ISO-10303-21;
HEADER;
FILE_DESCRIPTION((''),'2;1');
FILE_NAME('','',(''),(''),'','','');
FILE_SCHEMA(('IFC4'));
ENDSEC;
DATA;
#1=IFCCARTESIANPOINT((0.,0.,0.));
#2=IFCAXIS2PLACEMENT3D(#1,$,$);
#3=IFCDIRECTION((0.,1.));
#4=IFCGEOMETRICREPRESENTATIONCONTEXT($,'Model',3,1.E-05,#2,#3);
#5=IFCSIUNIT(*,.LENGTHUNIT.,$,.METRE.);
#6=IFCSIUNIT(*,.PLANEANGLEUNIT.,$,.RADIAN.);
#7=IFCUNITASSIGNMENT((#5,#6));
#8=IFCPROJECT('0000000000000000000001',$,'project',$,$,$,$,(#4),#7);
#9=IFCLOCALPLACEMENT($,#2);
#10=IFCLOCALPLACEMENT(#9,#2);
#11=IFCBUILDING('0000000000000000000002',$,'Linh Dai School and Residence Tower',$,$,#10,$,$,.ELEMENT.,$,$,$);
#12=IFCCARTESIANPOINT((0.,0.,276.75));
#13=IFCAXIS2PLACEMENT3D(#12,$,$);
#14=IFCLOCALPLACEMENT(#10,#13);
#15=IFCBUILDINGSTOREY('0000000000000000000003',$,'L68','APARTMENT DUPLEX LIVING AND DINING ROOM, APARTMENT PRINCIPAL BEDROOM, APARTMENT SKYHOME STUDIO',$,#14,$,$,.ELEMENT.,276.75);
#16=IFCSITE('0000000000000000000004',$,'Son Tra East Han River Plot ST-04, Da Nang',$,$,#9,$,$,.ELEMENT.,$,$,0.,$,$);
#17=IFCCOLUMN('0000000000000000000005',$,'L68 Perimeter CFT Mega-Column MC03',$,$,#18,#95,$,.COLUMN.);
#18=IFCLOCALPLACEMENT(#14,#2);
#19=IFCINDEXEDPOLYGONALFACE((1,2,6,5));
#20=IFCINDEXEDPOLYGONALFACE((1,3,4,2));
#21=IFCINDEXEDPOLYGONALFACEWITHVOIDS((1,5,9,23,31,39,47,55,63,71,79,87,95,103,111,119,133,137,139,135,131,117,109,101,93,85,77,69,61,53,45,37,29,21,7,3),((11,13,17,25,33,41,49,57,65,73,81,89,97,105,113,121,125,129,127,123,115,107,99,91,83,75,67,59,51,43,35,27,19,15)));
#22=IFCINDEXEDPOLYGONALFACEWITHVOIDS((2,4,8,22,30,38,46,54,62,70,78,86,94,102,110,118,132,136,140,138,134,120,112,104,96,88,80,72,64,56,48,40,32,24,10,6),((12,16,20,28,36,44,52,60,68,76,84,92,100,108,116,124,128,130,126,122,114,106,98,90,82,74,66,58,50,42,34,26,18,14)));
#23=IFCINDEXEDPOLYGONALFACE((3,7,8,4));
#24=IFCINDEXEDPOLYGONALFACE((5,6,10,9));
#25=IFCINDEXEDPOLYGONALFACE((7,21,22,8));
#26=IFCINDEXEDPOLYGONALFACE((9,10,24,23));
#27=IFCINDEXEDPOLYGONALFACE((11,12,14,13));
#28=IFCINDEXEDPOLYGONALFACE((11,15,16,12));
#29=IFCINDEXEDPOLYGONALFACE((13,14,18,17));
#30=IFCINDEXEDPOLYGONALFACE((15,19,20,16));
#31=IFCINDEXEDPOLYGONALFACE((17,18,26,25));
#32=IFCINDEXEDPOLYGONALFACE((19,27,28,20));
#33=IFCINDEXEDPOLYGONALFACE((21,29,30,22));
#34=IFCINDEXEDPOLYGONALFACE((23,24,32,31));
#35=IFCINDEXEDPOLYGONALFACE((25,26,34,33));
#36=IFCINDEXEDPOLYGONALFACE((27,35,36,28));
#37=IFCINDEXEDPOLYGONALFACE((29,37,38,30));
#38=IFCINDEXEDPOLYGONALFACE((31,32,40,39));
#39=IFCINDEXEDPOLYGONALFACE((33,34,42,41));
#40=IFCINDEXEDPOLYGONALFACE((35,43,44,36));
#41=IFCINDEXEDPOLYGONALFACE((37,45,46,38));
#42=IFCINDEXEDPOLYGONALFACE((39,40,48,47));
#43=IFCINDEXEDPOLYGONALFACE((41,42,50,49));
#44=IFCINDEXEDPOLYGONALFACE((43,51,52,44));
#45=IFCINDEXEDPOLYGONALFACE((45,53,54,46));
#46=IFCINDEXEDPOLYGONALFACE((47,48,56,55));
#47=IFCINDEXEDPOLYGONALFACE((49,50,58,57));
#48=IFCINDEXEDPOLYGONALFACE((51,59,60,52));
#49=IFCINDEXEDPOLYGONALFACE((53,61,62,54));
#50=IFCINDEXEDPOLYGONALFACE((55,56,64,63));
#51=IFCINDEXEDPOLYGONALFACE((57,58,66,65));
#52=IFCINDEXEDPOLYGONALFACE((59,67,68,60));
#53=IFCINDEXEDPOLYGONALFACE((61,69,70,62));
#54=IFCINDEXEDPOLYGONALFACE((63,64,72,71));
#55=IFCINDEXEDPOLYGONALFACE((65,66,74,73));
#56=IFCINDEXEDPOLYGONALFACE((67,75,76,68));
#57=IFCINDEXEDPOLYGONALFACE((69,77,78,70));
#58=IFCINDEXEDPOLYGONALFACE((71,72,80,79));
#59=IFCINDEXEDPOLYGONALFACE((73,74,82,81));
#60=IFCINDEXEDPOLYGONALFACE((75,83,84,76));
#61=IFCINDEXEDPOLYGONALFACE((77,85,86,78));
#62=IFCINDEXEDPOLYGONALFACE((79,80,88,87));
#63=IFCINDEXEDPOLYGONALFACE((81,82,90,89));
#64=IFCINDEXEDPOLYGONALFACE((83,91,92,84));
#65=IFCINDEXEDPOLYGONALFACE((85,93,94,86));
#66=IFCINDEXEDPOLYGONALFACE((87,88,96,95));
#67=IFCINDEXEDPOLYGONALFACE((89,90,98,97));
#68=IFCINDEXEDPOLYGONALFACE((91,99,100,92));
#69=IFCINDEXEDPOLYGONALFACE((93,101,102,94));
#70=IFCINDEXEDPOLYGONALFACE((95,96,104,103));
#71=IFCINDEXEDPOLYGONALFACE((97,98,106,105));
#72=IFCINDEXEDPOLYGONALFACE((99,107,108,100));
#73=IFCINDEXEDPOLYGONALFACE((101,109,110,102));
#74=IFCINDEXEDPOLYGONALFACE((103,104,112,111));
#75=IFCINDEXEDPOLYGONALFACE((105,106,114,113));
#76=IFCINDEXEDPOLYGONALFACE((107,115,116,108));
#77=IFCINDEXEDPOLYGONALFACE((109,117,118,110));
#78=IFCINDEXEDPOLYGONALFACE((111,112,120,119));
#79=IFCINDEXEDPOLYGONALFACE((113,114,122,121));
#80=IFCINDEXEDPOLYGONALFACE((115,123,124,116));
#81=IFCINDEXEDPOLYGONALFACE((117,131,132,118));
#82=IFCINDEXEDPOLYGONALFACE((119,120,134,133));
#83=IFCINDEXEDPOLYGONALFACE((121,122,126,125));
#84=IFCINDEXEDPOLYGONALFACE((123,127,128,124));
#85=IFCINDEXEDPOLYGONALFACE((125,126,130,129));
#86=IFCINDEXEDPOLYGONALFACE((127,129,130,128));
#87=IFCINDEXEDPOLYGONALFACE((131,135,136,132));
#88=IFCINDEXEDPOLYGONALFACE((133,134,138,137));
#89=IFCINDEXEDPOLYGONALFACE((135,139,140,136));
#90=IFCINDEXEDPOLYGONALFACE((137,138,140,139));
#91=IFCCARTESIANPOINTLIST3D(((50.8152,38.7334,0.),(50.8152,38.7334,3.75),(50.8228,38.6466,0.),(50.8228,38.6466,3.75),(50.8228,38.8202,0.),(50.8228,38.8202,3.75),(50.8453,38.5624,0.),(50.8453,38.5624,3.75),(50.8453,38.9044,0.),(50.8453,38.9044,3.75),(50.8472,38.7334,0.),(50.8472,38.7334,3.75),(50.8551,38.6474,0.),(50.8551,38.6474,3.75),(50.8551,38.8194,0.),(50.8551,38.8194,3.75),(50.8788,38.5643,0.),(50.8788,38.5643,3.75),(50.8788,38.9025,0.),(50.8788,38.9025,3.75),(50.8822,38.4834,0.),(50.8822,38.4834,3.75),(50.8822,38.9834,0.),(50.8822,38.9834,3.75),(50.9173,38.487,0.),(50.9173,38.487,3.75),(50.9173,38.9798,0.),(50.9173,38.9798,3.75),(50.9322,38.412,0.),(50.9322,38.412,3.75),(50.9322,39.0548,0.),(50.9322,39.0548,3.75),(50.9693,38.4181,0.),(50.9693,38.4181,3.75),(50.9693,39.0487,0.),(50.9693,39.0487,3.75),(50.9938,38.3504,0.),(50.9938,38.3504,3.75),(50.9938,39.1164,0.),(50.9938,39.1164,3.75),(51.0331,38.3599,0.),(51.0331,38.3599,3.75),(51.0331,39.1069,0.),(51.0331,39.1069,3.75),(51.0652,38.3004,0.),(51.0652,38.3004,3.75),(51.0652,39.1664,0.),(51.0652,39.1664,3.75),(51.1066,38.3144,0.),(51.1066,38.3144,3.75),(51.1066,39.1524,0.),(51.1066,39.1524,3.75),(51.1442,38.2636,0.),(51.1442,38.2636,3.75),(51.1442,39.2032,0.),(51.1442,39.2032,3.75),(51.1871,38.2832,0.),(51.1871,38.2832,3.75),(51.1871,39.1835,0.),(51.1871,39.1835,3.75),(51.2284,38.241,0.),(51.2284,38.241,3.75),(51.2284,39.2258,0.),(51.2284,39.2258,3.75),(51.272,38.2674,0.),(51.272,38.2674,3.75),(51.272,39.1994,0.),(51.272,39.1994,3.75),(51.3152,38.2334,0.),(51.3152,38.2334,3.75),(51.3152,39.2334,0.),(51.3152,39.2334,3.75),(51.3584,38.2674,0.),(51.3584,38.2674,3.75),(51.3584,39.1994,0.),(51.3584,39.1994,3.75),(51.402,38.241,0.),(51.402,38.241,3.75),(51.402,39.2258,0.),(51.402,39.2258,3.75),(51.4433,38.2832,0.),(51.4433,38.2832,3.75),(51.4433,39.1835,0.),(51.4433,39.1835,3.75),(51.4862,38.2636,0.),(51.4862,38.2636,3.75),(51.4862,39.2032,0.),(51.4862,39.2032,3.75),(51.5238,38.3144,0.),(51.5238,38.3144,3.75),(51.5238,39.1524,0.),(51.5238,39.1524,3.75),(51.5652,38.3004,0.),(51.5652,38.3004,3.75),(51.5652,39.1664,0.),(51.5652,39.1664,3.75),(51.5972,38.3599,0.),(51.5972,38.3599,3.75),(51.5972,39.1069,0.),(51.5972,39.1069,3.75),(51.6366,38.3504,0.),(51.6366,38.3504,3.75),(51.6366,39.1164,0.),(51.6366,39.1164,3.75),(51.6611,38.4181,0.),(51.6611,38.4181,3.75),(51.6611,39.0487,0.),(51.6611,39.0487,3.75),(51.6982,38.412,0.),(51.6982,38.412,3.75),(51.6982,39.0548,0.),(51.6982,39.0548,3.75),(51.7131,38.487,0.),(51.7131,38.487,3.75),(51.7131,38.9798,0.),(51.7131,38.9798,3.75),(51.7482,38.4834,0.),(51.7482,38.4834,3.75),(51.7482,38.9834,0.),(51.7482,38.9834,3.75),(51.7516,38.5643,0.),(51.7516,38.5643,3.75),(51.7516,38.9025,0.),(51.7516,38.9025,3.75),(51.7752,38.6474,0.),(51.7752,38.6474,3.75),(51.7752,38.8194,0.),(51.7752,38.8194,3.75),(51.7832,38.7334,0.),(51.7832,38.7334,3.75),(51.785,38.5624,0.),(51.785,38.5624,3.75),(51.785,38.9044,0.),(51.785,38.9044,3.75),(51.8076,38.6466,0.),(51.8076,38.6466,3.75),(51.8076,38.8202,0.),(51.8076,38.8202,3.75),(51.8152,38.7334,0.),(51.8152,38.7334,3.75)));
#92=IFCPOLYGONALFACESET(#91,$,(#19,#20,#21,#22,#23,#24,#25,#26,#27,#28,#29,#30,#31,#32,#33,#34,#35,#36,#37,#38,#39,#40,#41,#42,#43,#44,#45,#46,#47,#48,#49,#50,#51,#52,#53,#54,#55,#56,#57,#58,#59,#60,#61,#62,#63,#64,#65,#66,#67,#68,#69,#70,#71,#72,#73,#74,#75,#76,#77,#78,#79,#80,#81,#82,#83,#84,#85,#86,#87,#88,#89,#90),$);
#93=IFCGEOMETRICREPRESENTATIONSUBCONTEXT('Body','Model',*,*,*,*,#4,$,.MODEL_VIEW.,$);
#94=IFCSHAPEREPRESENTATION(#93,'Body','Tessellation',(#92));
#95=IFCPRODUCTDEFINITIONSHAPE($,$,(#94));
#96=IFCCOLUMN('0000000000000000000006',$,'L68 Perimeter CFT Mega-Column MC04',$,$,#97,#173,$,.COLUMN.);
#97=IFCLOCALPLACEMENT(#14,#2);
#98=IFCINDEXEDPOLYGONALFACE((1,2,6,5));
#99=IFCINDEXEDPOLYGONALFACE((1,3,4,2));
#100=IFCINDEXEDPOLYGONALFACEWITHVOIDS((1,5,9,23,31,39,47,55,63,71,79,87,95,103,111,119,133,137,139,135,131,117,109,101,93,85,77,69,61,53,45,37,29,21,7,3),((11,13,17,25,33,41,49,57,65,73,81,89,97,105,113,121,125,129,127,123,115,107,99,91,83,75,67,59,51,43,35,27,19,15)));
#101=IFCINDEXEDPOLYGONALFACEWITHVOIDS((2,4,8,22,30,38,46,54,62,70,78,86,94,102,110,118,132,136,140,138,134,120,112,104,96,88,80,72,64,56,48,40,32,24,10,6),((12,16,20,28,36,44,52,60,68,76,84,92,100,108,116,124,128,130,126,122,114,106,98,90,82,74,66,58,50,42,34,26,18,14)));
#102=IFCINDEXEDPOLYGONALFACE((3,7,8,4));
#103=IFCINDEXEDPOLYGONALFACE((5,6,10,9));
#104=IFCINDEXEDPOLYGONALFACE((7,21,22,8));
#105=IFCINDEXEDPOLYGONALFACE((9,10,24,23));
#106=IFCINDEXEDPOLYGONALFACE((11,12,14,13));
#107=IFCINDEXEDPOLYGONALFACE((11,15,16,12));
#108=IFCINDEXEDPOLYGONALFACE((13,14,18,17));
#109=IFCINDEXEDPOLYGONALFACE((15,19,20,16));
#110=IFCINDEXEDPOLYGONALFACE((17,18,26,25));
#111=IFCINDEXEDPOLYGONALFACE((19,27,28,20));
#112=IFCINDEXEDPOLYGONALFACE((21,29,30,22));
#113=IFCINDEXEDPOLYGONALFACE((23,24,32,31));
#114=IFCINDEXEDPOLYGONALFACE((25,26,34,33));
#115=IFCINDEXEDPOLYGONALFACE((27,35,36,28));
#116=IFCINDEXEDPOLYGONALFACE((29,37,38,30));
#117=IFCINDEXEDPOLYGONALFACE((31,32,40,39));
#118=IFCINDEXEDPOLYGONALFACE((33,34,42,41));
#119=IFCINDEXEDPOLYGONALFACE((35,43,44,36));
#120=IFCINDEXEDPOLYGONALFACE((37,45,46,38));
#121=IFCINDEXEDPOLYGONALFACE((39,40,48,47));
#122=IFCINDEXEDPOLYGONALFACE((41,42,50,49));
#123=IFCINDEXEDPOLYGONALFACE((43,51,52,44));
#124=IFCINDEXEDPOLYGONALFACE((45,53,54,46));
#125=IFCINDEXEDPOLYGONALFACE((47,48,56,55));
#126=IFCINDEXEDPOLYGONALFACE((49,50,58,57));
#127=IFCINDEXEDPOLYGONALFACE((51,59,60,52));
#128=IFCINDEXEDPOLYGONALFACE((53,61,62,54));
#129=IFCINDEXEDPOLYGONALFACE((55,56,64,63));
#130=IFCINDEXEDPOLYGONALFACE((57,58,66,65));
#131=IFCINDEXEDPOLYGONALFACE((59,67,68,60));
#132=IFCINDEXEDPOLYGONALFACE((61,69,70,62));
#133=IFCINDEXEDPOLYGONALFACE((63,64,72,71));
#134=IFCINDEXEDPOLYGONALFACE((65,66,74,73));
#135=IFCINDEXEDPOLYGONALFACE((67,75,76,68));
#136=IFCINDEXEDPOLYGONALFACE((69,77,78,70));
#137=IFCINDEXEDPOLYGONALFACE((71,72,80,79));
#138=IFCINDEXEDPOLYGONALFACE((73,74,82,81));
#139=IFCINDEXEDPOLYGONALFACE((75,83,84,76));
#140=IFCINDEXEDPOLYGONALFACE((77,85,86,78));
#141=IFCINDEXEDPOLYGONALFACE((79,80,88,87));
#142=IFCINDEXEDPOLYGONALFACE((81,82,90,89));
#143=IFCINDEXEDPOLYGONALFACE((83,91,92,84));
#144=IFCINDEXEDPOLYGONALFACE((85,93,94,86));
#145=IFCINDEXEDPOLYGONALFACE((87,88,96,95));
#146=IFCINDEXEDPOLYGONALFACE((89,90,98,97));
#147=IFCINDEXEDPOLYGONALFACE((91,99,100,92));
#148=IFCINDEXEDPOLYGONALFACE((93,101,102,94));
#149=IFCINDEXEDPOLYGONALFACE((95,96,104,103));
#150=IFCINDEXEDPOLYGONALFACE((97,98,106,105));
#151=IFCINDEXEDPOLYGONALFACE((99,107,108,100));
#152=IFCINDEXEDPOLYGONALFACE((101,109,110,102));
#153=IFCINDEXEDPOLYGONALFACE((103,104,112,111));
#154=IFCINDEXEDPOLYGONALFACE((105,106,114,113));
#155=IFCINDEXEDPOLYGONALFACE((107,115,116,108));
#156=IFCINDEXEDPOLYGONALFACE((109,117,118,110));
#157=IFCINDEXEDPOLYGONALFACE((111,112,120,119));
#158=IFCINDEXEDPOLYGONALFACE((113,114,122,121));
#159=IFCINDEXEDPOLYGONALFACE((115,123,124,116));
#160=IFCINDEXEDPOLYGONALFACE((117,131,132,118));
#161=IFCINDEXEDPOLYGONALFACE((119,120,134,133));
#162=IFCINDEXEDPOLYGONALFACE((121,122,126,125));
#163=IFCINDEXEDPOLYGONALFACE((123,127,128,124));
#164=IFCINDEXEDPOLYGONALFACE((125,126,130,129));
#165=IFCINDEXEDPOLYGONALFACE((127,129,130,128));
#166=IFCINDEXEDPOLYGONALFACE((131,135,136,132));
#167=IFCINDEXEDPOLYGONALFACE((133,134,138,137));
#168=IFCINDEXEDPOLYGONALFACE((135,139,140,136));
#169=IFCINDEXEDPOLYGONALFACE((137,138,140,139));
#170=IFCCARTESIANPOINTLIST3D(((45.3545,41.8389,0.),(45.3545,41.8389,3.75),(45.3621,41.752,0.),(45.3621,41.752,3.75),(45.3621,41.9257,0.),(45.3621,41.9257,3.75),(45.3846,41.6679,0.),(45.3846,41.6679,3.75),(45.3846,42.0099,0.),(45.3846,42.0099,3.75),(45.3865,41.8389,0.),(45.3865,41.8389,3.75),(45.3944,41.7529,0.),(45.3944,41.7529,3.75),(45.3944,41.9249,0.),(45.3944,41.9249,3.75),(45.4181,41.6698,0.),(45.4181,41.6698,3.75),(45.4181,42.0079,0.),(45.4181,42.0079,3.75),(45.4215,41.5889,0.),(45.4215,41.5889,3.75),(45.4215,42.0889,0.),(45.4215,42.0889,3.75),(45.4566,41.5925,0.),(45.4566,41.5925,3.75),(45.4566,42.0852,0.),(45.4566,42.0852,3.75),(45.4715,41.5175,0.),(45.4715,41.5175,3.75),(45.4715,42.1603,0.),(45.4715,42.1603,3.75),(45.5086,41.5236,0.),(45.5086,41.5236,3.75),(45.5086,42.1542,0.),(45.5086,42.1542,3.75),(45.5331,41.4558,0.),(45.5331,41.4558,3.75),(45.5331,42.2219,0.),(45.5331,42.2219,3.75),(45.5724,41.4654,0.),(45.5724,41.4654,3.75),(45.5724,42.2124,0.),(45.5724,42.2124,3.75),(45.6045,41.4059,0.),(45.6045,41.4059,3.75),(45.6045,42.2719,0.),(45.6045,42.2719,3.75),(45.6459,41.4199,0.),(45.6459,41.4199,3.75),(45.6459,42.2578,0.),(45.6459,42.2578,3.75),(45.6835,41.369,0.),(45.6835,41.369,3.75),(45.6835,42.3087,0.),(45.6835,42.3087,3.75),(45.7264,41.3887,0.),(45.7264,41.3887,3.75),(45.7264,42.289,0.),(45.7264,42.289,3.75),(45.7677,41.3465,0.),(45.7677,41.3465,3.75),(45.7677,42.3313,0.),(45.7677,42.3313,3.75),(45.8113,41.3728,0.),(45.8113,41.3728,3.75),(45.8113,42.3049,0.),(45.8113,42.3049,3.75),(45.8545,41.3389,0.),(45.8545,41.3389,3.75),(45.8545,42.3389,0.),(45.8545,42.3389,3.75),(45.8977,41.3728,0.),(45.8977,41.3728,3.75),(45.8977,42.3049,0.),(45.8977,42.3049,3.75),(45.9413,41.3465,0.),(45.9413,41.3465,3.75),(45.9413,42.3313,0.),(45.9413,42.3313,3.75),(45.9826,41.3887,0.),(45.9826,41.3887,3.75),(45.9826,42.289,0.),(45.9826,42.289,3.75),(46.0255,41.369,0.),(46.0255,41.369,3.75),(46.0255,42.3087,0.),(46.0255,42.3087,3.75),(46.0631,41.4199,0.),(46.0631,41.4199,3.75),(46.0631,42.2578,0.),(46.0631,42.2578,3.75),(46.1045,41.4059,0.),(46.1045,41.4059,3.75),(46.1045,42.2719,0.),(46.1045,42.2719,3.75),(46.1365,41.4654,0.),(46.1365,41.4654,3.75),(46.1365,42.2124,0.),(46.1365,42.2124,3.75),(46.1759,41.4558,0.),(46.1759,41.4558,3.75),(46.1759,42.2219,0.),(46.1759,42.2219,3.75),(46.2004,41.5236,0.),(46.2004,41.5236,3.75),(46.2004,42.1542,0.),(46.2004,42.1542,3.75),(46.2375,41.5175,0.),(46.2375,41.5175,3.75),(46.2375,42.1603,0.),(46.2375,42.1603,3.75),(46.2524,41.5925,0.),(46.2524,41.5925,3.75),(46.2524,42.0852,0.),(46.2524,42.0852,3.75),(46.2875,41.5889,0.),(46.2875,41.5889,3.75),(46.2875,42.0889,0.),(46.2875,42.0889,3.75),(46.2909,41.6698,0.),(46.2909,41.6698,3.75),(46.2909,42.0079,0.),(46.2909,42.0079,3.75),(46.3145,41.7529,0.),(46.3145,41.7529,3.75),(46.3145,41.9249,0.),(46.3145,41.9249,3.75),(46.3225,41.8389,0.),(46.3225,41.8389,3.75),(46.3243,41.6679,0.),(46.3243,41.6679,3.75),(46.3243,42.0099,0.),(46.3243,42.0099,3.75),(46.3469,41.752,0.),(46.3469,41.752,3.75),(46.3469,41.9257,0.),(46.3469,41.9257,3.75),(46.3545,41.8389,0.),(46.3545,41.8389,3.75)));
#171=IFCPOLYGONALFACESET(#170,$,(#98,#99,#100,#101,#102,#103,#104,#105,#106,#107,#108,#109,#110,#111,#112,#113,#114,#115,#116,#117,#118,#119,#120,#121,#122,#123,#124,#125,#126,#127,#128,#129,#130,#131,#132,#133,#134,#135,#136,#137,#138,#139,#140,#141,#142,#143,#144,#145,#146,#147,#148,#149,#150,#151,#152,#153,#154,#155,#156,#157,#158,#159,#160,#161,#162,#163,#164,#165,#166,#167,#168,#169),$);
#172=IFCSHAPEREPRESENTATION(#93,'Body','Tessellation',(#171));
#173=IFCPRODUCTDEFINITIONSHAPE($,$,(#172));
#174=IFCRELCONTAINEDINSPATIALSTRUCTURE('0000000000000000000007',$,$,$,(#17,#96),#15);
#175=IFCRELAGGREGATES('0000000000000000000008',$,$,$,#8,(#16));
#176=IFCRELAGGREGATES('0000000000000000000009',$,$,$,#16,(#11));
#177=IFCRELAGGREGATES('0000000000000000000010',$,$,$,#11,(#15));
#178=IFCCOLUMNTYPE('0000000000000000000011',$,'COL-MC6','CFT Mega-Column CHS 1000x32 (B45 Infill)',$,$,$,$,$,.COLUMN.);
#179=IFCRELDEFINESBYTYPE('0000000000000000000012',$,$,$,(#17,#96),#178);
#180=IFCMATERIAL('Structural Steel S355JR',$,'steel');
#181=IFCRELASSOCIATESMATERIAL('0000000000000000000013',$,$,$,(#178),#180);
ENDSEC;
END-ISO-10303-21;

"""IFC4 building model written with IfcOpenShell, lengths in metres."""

from ifc_helpers import new_model, si_unit, direction, frame, origin, origin_2d, place, context, subcontext, project, spatial, hollow_circle, extrude, material, material_profile, profile_set, type_object, element, save


model = new_model("IFC4")

# Units and contexts
model_context = context("Model", 3, precision=1e-05, world=origin(), true_north=direction((0.0, 1.0)))
body_context = subcontext(model_context, "Body", "Model", "MODEL_VIEW")
ifc_project = project(units=[si_unit("LENGTHUNIT", "METRE"), si_unit("PLANEANGLEUNIT", "RADIAN")], contexts=[model_context])

# Site, building, storey
site_placement = place(None, origin())
site = spatial("IfcSite", under=ifc_project, at=site_placement, Name="Son Tra East Han River Plot ST-04, Da Nang", CompositionType="ELEMENT", RefElevation=0.0)
building_placement = place(site_placement, origin())
building = spatial("IfcBuilding", under=site, at=building_placement, Name="Linh Dai School and Residence Tower", CompositionType="ELEMENT")
storey_placement = place(building_placement, frame((0.0, 0.0, 276.75)))
storey = spatial("IfcBuildingStorey", under=building, at=storey_placement, Name="L68", Description="APARTMENT DUPLEX LIVING AND DINING ROOM, APARTMENT PRINCIPAL BEDROOM, APARTMENT SKYHOME STUDIO", CompositionType="ELEMENT", Elevation=276.75)

# Columns
ifc_material_1 = material(Name="Structural Steel S355JR", Category="steel")
ifc_material_profile_1 = material_profile(ifc_material_1, hollow_circle(Radius=0.5, WallThickness=0.032, at=origin_2d()), Name="CHS 1000x32")
ifc_profile_set_1 = profile_set([ifc_material_profile_1], Name="Structural Steel S355JR")
column_type = type_object("IfcColumnType", Name="COL-MC6", Description="CFT Mega-Column CHS 1000x32 (B45 Infill)", PredefinedType="COLUMN", material=ifc_profile_set_1)
for number, where, z_axis, x_axis, name in (
    (1, (51.3152, 38.7334, 0.0), (0.0, 0.0, 1.0), (1.0, 0.0, 0.0), "L68 Perimeter CFT Mega-Column MC03"),
    (2, (45.8545, 41.8389, 0.0), (0.0, 0.0, 1.0), (1.0, 0.0, 0.0), "L68 Perimeter CFT Mega-Column MC04"),
):
    element("IfcColumn", number, at=place(storey_placement, frame(where, z_axis=z_axis, x_axis=x_axis)), inside=storey, type_object=column_type, Name=name, PredefinedType="COLUMN", context=body_context, shape_type="SweptSolid", body=[
        extrude(hollow_circle(Radius=0.5, WallThickness=0.032, at=origin_2d()), origin(), (0.0, 0.0, 1.0), 3.75),
    ])

save(model, "model.ifc")
